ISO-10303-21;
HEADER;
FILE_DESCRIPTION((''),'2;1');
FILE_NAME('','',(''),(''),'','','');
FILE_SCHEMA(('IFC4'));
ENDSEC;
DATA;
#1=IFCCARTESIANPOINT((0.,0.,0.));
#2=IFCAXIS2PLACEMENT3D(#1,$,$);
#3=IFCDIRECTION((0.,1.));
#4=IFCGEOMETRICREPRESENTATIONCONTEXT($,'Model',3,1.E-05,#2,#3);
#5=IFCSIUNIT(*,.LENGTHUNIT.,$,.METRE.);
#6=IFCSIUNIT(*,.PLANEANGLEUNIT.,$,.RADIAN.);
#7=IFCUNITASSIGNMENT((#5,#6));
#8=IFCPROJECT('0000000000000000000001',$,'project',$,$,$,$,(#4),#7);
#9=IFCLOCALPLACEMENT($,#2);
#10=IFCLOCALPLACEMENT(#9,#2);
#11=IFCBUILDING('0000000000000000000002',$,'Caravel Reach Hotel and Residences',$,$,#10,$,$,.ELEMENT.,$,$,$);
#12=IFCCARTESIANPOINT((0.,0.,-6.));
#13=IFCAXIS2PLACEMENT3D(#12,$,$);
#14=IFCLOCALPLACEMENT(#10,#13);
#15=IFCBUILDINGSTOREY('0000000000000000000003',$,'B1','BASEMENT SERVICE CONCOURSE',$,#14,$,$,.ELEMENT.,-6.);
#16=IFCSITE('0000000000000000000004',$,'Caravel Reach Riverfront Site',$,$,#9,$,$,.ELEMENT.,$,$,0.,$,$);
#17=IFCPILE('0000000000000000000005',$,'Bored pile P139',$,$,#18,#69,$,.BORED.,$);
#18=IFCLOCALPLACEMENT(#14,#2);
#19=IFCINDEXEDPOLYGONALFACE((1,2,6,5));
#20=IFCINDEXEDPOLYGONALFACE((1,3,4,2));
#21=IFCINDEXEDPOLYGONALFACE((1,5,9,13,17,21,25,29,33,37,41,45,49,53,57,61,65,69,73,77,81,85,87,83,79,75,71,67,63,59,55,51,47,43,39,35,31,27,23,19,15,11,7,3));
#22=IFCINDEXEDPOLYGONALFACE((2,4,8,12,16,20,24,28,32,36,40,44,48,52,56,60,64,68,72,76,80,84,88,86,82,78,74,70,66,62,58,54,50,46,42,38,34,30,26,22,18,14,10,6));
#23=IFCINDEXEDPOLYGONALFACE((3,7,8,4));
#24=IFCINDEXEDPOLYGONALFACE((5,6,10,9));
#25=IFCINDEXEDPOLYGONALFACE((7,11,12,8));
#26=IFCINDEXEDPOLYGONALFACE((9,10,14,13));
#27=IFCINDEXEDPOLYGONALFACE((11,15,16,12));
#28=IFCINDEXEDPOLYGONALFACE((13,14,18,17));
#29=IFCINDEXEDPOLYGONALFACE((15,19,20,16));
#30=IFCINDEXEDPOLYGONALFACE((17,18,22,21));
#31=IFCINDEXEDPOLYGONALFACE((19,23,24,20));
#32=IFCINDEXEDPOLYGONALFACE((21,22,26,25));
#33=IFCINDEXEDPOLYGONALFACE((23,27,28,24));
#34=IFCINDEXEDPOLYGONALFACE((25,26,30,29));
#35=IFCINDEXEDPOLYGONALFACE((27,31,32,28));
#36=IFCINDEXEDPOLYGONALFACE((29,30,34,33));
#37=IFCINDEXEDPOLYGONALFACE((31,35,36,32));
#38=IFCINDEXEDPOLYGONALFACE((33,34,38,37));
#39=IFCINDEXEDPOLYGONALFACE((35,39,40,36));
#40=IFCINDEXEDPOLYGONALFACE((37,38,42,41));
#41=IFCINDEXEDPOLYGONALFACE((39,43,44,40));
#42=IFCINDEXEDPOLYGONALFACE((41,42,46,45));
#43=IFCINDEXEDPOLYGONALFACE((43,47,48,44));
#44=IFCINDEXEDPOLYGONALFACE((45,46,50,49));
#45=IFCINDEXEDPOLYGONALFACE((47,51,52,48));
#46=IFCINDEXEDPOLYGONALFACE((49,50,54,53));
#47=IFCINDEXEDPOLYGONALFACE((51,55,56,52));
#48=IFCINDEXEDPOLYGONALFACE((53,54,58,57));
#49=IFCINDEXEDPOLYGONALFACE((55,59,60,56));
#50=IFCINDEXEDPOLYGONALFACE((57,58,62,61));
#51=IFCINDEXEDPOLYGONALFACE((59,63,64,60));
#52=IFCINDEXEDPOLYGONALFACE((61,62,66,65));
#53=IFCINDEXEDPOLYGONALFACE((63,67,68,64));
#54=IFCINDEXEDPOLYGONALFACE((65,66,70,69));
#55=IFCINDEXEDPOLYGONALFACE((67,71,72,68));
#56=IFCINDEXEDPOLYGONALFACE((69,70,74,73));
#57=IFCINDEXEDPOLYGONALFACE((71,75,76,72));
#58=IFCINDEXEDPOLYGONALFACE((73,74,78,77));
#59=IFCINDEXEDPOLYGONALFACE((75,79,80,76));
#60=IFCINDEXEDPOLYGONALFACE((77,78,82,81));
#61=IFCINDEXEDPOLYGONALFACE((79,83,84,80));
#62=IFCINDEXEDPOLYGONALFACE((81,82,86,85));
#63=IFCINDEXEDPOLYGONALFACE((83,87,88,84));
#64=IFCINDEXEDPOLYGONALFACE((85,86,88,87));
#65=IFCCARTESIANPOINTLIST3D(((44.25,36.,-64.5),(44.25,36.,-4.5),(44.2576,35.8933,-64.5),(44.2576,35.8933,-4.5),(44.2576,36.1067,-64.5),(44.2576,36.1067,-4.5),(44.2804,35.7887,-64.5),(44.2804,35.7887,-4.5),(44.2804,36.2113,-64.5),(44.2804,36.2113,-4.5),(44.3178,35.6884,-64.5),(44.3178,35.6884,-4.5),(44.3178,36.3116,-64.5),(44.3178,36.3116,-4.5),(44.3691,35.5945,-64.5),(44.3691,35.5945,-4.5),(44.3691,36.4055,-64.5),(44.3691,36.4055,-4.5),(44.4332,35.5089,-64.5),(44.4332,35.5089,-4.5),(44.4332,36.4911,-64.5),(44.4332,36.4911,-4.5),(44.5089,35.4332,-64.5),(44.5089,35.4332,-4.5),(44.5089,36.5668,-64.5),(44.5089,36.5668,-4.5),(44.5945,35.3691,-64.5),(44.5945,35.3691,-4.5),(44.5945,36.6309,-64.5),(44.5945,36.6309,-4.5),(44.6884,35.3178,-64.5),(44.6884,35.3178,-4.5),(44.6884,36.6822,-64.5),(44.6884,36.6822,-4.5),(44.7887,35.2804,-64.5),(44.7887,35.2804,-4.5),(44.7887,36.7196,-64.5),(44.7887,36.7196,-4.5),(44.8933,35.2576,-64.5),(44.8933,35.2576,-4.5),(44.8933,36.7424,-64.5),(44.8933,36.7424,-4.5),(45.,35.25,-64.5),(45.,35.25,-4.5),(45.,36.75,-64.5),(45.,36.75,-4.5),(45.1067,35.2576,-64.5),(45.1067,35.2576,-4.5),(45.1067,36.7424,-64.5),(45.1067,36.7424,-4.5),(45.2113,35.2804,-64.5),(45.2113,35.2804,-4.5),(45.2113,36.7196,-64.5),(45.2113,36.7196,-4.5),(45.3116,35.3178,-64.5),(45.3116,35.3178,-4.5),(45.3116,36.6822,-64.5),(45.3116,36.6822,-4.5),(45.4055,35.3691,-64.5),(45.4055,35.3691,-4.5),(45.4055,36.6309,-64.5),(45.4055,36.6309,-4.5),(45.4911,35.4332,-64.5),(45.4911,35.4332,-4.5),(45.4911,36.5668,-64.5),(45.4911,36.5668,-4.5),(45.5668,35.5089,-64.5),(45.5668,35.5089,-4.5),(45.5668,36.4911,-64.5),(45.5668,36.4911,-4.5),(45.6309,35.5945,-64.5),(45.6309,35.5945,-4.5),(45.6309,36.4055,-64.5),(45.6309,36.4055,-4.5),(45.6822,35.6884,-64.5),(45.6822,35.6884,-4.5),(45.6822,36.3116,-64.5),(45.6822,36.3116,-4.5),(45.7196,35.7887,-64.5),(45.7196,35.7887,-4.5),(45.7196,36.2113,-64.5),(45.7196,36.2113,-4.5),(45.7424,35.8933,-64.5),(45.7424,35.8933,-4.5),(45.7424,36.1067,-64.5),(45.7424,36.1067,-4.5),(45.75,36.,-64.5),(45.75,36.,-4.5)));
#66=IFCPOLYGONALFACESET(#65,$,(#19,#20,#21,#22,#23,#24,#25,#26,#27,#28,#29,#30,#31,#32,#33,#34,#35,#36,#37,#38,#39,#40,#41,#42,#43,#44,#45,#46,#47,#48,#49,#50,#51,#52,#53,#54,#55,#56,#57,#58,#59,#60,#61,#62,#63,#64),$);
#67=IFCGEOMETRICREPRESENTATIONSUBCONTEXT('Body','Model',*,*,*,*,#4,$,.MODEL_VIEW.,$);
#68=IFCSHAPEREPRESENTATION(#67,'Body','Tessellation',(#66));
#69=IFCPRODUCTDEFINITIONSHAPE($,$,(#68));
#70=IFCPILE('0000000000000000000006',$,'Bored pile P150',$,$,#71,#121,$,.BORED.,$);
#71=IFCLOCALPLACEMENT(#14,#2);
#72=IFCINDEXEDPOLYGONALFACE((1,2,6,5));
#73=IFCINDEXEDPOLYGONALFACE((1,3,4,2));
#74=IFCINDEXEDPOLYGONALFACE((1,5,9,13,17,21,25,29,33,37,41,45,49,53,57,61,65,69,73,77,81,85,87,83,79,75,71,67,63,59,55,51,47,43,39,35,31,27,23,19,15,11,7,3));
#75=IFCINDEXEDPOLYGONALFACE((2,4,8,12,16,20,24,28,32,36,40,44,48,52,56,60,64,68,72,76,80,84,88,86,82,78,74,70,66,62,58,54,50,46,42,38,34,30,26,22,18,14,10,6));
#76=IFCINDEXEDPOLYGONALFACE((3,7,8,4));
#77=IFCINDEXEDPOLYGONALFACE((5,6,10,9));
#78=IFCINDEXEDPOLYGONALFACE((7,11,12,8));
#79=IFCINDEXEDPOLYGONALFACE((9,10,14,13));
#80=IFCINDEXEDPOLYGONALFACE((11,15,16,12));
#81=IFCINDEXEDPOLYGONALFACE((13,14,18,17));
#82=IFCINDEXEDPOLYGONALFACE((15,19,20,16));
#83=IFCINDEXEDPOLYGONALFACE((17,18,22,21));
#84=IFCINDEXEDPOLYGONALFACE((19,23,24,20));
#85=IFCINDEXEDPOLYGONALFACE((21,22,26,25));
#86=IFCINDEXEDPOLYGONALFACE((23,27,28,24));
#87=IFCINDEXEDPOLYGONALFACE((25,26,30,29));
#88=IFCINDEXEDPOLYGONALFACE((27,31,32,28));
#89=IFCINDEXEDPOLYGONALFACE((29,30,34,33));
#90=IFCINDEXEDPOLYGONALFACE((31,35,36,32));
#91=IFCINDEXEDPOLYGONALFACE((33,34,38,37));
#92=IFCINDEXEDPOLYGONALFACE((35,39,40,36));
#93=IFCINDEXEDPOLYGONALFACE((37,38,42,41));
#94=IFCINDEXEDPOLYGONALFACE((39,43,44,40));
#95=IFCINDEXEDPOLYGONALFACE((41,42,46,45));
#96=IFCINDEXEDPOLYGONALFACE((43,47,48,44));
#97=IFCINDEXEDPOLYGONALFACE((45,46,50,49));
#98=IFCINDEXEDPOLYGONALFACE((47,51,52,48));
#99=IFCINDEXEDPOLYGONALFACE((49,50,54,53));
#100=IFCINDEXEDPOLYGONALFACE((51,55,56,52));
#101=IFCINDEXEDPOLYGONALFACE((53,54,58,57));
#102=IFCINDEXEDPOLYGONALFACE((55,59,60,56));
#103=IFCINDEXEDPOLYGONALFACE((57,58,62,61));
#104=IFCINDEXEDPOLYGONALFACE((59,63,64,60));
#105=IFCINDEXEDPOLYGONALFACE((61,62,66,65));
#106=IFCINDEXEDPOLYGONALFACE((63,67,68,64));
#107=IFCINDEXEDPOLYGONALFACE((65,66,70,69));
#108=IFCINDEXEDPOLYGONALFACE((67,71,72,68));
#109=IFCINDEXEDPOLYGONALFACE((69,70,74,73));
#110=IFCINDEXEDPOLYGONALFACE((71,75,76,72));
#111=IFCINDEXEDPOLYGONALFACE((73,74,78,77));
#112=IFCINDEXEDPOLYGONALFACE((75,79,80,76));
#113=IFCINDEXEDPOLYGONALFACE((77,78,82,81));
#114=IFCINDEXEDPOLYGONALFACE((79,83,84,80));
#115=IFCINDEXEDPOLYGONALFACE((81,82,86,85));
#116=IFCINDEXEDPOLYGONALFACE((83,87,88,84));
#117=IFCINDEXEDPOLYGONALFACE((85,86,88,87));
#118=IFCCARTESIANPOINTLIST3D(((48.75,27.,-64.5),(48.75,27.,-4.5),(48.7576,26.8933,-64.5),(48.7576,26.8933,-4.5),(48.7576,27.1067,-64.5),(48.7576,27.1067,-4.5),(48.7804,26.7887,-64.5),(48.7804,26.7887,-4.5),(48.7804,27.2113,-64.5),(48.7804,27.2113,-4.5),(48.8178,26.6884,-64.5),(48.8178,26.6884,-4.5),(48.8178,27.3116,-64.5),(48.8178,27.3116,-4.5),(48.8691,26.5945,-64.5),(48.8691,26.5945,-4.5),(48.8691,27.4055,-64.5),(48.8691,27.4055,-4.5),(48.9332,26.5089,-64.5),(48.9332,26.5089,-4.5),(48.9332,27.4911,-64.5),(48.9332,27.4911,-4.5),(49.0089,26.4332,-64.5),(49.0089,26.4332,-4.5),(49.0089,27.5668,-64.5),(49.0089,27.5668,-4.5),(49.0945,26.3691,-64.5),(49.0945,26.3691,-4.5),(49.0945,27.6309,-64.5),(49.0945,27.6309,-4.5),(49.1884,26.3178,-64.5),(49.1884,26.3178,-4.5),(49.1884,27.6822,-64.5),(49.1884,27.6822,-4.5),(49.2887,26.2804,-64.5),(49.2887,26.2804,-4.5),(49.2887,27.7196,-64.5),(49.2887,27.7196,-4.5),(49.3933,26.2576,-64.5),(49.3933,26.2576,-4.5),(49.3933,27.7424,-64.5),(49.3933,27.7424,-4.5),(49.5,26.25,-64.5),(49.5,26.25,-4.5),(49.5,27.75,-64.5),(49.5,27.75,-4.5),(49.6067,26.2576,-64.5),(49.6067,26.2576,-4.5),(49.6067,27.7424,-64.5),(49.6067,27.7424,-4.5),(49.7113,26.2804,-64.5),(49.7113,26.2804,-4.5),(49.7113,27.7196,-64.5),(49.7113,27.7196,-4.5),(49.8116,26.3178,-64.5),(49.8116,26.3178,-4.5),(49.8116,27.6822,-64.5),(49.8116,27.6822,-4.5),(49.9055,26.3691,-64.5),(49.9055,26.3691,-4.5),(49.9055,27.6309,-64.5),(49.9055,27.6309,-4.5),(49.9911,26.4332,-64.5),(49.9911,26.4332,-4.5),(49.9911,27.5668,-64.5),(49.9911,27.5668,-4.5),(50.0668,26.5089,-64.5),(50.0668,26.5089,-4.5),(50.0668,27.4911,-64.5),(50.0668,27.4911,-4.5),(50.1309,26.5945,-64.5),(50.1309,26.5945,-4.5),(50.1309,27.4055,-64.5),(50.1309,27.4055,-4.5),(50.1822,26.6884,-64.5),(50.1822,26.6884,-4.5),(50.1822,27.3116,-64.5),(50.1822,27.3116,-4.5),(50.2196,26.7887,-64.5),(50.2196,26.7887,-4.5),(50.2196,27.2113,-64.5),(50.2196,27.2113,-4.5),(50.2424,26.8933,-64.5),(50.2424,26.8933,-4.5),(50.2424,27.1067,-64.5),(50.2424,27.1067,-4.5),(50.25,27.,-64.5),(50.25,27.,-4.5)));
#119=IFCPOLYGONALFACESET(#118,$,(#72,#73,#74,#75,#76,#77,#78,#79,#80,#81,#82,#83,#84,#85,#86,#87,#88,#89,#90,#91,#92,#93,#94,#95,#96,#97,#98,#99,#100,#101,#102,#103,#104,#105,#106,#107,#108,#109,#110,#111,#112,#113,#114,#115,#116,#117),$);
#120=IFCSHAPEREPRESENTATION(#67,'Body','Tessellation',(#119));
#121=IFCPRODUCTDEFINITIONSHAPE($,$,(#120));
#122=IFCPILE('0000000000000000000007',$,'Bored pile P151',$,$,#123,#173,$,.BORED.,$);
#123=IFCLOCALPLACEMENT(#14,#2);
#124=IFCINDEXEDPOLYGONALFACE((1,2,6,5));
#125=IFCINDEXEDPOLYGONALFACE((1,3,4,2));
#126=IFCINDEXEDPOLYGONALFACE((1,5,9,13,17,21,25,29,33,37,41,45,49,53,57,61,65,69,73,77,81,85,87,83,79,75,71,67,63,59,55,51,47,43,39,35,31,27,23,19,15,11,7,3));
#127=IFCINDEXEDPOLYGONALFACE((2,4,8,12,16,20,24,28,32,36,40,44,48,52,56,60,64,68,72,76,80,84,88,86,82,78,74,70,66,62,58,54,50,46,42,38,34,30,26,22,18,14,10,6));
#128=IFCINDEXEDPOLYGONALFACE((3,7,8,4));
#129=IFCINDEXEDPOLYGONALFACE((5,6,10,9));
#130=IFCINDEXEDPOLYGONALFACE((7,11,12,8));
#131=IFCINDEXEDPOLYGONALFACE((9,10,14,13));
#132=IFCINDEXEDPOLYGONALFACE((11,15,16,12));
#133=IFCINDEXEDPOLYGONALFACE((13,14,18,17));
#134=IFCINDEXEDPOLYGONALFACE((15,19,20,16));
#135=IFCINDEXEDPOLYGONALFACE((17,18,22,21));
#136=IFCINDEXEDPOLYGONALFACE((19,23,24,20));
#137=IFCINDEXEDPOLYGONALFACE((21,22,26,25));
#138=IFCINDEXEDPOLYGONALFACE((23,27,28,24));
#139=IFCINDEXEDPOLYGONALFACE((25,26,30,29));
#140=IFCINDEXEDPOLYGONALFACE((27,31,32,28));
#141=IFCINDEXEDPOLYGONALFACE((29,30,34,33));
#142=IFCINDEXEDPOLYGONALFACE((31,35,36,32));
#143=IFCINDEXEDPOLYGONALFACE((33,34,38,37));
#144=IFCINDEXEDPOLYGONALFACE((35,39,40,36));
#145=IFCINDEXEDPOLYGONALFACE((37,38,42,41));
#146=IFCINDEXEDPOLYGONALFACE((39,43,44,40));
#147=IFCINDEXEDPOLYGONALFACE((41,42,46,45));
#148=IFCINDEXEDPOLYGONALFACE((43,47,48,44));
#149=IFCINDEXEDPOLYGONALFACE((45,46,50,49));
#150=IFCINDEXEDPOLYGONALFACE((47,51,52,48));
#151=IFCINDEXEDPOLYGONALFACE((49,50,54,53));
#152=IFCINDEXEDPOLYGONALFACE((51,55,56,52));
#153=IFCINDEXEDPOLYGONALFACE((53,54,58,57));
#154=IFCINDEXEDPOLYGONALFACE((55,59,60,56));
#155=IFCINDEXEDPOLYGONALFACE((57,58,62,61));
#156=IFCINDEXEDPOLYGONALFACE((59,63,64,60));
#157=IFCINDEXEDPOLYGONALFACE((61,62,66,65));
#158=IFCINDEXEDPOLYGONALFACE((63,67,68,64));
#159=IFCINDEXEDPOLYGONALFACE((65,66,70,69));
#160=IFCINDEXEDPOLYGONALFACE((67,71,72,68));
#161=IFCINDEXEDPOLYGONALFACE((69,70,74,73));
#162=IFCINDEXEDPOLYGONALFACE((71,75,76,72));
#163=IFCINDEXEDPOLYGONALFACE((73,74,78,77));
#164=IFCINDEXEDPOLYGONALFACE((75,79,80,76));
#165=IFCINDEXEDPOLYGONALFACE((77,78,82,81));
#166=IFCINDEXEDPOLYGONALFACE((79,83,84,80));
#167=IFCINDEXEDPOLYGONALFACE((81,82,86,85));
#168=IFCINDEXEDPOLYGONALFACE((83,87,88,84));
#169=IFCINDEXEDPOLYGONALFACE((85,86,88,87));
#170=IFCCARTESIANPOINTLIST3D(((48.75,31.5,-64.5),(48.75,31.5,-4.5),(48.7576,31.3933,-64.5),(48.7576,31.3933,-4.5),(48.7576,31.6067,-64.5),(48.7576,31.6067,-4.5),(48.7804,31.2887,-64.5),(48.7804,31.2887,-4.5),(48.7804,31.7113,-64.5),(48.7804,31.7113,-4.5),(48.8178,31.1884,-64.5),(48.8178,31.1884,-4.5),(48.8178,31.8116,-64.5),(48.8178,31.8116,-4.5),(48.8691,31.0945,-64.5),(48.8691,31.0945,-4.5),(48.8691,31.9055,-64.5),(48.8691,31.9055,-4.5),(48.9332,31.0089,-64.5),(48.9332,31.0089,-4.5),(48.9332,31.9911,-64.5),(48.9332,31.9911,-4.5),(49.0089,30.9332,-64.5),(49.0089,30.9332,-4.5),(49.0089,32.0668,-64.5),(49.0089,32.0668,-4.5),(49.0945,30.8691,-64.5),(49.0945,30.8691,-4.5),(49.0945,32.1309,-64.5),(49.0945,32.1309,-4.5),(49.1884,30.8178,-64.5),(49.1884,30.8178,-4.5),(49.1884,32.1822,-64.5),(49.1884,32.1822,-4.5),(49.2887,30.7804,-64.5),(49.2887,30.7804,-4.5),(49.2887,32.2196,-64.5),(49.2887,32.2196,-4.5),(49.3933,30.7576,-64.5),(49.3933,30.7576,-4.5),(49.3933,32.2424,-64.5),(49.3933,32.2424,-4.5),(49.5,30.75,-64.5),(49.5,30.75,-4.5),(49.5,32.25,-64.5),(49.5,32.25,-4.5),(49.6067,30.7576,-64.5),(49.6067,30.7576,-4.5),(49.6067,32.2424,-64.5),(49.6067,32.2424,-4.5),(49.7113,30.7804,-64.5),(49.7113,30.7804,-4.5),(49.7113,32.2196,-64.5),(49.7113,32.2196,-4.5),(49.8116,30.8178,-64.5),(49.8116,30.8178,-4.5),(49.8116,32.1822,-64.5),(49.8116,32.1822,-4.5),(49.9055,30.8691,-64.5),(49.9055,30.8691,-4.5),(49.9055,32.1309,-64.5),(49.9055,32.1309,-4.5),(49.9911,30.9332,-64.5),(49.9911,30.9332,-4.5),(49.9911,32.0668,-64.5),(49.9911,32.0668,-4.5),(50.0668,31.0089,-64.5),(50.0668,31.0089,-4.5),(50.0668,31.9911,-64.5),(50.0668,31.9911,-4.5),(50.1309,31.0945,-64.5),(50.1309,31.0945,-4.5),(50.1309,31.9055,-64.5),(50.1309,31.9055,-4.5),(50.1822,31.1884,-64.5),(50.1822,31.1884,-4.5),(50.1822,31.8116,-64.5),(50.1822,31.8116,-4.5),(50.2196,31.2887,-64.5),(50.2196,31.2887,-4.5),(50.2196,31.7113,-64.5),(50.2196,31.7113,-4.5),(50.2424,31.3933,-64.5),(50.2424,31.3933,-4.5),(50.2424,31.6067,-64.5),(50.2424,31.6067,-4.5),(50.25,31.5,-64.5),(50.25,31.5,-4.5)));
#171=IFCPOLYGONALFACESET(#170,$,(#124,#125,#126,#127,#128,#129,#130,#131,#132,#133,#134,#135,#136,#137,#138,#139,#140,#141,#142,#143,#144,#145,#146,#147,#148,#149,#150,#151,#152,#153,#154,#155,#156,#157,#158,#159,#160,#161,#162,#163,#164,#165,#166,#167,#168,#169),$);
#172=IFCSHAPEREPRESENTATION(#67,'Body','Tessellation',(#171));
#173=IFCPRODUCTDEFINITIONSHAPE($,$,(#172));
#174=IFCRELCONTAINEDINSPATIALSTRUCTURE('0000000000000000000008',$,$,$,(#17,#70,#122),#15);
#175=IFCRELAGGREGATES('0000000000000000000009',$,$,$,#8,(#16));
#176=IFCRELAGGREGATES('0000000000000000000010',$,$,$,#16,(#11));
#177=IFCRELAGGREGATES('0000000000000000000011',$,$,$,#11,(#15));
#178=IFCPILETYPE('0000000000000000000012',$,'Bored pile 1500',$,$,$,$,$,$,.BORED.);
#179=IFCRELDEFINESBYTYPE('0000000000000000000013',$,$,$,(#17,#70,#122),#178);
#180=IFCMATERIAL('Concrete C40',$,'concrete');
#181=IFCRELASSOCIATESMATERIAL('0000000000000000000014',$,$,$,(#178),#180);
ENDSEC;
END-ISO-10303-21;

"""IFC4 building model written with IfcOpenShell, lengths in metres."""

from ifc_helpers import new_model, si_unit, direction, frame, origin, origin_2d, place, context, subcontext, project, spatial, circle, extrude, material, material_profile, profile_set, type_object, element, save


model = new_model("IFC4")

# Units and contexts
model_context = context("Model", 3, precision=1e-05, world=origin(), true_north=direction((0.0, 1.0)))
body_context = subcontext(model_context, "Body", "Model", "MODEL_VIEW")
ifc_project = project(units=[si_unit("LENGTHUNIT", "METRE"), si_unit("PLANEANGLEUNIT", "RADIAN")], contexts=[model_context])

# Site, building, storey
site_placement = place(None, origin())
site = spatial("IfcSite", under=ifc_project, at=site_placement, Name="Caravel Reach Riverfront Site", CompositionType="ELEMENT", RefElevation=0.0)
building_placement = place(site_placement, origin())
building = spatial("IfcBuilding", under=site, at=building_placement, Name="Caravel Reach Hotel and Residences", CompositionType="ELEMENT")
storey_placement = place(building_placement, frame((0.0, 0.0, -6.0)))
storey = spatial("IfcBuildingStorey", under=building, at=storey_placement, Name="B1", Description="BASEMENT SERVICE CONCOURSE", CompositionType="ELEMENT", Elevation=-6.0)

# Piles
ifc_material_1 = material(Name="Concrete C40", Category="concrete")
ifc_material_profile_1 = material_profile(ifc_material_1, circle(Radius=0.75, at=origin_2d()), Name="PILE 1500")
ifc_profile_set_1 = profile_set([ifc_material_profile_1], Name="Concrete C40")
pile_type_1 = type_object("IfcPileType", Name="Bored pile 1500", PredefinedType="BORED", material=ifc_profile_set_1)
for number, where, z_axis, x_axis, name in (
    (1, (45.0, 36.0, -4.5), (0.0, 0.0, -1.0), (1.0, 0.0, 0.0), "Bored pile P139"),
    (2, (49.5, 27.0, -4.5), (0.0, 0.0, -1.0), (1.0, 0.0, 0.0), "Bored pile P150"),
    (3, (49.5, 31.5, -4.5), (0.0, 0.0, -1.0), (1.0, 0.0, 0.0), "Bored pile P151"),
):
    element("IfcPile", number, at=place(storey_placement, frame(where, z_axis=z_axis, x_axis=x_axis)), inside=storey, type_object=pile_type_1, Name=name, PredefinedType="BORED", context=body_context, shape_type="SweptSolid", body=[
        extrude(circle(Radius=0.75, at=origin_2d()), origin(), (0.0, 0.0, 1.0), 60.0),
    ])

save(model, "model.ifc")
